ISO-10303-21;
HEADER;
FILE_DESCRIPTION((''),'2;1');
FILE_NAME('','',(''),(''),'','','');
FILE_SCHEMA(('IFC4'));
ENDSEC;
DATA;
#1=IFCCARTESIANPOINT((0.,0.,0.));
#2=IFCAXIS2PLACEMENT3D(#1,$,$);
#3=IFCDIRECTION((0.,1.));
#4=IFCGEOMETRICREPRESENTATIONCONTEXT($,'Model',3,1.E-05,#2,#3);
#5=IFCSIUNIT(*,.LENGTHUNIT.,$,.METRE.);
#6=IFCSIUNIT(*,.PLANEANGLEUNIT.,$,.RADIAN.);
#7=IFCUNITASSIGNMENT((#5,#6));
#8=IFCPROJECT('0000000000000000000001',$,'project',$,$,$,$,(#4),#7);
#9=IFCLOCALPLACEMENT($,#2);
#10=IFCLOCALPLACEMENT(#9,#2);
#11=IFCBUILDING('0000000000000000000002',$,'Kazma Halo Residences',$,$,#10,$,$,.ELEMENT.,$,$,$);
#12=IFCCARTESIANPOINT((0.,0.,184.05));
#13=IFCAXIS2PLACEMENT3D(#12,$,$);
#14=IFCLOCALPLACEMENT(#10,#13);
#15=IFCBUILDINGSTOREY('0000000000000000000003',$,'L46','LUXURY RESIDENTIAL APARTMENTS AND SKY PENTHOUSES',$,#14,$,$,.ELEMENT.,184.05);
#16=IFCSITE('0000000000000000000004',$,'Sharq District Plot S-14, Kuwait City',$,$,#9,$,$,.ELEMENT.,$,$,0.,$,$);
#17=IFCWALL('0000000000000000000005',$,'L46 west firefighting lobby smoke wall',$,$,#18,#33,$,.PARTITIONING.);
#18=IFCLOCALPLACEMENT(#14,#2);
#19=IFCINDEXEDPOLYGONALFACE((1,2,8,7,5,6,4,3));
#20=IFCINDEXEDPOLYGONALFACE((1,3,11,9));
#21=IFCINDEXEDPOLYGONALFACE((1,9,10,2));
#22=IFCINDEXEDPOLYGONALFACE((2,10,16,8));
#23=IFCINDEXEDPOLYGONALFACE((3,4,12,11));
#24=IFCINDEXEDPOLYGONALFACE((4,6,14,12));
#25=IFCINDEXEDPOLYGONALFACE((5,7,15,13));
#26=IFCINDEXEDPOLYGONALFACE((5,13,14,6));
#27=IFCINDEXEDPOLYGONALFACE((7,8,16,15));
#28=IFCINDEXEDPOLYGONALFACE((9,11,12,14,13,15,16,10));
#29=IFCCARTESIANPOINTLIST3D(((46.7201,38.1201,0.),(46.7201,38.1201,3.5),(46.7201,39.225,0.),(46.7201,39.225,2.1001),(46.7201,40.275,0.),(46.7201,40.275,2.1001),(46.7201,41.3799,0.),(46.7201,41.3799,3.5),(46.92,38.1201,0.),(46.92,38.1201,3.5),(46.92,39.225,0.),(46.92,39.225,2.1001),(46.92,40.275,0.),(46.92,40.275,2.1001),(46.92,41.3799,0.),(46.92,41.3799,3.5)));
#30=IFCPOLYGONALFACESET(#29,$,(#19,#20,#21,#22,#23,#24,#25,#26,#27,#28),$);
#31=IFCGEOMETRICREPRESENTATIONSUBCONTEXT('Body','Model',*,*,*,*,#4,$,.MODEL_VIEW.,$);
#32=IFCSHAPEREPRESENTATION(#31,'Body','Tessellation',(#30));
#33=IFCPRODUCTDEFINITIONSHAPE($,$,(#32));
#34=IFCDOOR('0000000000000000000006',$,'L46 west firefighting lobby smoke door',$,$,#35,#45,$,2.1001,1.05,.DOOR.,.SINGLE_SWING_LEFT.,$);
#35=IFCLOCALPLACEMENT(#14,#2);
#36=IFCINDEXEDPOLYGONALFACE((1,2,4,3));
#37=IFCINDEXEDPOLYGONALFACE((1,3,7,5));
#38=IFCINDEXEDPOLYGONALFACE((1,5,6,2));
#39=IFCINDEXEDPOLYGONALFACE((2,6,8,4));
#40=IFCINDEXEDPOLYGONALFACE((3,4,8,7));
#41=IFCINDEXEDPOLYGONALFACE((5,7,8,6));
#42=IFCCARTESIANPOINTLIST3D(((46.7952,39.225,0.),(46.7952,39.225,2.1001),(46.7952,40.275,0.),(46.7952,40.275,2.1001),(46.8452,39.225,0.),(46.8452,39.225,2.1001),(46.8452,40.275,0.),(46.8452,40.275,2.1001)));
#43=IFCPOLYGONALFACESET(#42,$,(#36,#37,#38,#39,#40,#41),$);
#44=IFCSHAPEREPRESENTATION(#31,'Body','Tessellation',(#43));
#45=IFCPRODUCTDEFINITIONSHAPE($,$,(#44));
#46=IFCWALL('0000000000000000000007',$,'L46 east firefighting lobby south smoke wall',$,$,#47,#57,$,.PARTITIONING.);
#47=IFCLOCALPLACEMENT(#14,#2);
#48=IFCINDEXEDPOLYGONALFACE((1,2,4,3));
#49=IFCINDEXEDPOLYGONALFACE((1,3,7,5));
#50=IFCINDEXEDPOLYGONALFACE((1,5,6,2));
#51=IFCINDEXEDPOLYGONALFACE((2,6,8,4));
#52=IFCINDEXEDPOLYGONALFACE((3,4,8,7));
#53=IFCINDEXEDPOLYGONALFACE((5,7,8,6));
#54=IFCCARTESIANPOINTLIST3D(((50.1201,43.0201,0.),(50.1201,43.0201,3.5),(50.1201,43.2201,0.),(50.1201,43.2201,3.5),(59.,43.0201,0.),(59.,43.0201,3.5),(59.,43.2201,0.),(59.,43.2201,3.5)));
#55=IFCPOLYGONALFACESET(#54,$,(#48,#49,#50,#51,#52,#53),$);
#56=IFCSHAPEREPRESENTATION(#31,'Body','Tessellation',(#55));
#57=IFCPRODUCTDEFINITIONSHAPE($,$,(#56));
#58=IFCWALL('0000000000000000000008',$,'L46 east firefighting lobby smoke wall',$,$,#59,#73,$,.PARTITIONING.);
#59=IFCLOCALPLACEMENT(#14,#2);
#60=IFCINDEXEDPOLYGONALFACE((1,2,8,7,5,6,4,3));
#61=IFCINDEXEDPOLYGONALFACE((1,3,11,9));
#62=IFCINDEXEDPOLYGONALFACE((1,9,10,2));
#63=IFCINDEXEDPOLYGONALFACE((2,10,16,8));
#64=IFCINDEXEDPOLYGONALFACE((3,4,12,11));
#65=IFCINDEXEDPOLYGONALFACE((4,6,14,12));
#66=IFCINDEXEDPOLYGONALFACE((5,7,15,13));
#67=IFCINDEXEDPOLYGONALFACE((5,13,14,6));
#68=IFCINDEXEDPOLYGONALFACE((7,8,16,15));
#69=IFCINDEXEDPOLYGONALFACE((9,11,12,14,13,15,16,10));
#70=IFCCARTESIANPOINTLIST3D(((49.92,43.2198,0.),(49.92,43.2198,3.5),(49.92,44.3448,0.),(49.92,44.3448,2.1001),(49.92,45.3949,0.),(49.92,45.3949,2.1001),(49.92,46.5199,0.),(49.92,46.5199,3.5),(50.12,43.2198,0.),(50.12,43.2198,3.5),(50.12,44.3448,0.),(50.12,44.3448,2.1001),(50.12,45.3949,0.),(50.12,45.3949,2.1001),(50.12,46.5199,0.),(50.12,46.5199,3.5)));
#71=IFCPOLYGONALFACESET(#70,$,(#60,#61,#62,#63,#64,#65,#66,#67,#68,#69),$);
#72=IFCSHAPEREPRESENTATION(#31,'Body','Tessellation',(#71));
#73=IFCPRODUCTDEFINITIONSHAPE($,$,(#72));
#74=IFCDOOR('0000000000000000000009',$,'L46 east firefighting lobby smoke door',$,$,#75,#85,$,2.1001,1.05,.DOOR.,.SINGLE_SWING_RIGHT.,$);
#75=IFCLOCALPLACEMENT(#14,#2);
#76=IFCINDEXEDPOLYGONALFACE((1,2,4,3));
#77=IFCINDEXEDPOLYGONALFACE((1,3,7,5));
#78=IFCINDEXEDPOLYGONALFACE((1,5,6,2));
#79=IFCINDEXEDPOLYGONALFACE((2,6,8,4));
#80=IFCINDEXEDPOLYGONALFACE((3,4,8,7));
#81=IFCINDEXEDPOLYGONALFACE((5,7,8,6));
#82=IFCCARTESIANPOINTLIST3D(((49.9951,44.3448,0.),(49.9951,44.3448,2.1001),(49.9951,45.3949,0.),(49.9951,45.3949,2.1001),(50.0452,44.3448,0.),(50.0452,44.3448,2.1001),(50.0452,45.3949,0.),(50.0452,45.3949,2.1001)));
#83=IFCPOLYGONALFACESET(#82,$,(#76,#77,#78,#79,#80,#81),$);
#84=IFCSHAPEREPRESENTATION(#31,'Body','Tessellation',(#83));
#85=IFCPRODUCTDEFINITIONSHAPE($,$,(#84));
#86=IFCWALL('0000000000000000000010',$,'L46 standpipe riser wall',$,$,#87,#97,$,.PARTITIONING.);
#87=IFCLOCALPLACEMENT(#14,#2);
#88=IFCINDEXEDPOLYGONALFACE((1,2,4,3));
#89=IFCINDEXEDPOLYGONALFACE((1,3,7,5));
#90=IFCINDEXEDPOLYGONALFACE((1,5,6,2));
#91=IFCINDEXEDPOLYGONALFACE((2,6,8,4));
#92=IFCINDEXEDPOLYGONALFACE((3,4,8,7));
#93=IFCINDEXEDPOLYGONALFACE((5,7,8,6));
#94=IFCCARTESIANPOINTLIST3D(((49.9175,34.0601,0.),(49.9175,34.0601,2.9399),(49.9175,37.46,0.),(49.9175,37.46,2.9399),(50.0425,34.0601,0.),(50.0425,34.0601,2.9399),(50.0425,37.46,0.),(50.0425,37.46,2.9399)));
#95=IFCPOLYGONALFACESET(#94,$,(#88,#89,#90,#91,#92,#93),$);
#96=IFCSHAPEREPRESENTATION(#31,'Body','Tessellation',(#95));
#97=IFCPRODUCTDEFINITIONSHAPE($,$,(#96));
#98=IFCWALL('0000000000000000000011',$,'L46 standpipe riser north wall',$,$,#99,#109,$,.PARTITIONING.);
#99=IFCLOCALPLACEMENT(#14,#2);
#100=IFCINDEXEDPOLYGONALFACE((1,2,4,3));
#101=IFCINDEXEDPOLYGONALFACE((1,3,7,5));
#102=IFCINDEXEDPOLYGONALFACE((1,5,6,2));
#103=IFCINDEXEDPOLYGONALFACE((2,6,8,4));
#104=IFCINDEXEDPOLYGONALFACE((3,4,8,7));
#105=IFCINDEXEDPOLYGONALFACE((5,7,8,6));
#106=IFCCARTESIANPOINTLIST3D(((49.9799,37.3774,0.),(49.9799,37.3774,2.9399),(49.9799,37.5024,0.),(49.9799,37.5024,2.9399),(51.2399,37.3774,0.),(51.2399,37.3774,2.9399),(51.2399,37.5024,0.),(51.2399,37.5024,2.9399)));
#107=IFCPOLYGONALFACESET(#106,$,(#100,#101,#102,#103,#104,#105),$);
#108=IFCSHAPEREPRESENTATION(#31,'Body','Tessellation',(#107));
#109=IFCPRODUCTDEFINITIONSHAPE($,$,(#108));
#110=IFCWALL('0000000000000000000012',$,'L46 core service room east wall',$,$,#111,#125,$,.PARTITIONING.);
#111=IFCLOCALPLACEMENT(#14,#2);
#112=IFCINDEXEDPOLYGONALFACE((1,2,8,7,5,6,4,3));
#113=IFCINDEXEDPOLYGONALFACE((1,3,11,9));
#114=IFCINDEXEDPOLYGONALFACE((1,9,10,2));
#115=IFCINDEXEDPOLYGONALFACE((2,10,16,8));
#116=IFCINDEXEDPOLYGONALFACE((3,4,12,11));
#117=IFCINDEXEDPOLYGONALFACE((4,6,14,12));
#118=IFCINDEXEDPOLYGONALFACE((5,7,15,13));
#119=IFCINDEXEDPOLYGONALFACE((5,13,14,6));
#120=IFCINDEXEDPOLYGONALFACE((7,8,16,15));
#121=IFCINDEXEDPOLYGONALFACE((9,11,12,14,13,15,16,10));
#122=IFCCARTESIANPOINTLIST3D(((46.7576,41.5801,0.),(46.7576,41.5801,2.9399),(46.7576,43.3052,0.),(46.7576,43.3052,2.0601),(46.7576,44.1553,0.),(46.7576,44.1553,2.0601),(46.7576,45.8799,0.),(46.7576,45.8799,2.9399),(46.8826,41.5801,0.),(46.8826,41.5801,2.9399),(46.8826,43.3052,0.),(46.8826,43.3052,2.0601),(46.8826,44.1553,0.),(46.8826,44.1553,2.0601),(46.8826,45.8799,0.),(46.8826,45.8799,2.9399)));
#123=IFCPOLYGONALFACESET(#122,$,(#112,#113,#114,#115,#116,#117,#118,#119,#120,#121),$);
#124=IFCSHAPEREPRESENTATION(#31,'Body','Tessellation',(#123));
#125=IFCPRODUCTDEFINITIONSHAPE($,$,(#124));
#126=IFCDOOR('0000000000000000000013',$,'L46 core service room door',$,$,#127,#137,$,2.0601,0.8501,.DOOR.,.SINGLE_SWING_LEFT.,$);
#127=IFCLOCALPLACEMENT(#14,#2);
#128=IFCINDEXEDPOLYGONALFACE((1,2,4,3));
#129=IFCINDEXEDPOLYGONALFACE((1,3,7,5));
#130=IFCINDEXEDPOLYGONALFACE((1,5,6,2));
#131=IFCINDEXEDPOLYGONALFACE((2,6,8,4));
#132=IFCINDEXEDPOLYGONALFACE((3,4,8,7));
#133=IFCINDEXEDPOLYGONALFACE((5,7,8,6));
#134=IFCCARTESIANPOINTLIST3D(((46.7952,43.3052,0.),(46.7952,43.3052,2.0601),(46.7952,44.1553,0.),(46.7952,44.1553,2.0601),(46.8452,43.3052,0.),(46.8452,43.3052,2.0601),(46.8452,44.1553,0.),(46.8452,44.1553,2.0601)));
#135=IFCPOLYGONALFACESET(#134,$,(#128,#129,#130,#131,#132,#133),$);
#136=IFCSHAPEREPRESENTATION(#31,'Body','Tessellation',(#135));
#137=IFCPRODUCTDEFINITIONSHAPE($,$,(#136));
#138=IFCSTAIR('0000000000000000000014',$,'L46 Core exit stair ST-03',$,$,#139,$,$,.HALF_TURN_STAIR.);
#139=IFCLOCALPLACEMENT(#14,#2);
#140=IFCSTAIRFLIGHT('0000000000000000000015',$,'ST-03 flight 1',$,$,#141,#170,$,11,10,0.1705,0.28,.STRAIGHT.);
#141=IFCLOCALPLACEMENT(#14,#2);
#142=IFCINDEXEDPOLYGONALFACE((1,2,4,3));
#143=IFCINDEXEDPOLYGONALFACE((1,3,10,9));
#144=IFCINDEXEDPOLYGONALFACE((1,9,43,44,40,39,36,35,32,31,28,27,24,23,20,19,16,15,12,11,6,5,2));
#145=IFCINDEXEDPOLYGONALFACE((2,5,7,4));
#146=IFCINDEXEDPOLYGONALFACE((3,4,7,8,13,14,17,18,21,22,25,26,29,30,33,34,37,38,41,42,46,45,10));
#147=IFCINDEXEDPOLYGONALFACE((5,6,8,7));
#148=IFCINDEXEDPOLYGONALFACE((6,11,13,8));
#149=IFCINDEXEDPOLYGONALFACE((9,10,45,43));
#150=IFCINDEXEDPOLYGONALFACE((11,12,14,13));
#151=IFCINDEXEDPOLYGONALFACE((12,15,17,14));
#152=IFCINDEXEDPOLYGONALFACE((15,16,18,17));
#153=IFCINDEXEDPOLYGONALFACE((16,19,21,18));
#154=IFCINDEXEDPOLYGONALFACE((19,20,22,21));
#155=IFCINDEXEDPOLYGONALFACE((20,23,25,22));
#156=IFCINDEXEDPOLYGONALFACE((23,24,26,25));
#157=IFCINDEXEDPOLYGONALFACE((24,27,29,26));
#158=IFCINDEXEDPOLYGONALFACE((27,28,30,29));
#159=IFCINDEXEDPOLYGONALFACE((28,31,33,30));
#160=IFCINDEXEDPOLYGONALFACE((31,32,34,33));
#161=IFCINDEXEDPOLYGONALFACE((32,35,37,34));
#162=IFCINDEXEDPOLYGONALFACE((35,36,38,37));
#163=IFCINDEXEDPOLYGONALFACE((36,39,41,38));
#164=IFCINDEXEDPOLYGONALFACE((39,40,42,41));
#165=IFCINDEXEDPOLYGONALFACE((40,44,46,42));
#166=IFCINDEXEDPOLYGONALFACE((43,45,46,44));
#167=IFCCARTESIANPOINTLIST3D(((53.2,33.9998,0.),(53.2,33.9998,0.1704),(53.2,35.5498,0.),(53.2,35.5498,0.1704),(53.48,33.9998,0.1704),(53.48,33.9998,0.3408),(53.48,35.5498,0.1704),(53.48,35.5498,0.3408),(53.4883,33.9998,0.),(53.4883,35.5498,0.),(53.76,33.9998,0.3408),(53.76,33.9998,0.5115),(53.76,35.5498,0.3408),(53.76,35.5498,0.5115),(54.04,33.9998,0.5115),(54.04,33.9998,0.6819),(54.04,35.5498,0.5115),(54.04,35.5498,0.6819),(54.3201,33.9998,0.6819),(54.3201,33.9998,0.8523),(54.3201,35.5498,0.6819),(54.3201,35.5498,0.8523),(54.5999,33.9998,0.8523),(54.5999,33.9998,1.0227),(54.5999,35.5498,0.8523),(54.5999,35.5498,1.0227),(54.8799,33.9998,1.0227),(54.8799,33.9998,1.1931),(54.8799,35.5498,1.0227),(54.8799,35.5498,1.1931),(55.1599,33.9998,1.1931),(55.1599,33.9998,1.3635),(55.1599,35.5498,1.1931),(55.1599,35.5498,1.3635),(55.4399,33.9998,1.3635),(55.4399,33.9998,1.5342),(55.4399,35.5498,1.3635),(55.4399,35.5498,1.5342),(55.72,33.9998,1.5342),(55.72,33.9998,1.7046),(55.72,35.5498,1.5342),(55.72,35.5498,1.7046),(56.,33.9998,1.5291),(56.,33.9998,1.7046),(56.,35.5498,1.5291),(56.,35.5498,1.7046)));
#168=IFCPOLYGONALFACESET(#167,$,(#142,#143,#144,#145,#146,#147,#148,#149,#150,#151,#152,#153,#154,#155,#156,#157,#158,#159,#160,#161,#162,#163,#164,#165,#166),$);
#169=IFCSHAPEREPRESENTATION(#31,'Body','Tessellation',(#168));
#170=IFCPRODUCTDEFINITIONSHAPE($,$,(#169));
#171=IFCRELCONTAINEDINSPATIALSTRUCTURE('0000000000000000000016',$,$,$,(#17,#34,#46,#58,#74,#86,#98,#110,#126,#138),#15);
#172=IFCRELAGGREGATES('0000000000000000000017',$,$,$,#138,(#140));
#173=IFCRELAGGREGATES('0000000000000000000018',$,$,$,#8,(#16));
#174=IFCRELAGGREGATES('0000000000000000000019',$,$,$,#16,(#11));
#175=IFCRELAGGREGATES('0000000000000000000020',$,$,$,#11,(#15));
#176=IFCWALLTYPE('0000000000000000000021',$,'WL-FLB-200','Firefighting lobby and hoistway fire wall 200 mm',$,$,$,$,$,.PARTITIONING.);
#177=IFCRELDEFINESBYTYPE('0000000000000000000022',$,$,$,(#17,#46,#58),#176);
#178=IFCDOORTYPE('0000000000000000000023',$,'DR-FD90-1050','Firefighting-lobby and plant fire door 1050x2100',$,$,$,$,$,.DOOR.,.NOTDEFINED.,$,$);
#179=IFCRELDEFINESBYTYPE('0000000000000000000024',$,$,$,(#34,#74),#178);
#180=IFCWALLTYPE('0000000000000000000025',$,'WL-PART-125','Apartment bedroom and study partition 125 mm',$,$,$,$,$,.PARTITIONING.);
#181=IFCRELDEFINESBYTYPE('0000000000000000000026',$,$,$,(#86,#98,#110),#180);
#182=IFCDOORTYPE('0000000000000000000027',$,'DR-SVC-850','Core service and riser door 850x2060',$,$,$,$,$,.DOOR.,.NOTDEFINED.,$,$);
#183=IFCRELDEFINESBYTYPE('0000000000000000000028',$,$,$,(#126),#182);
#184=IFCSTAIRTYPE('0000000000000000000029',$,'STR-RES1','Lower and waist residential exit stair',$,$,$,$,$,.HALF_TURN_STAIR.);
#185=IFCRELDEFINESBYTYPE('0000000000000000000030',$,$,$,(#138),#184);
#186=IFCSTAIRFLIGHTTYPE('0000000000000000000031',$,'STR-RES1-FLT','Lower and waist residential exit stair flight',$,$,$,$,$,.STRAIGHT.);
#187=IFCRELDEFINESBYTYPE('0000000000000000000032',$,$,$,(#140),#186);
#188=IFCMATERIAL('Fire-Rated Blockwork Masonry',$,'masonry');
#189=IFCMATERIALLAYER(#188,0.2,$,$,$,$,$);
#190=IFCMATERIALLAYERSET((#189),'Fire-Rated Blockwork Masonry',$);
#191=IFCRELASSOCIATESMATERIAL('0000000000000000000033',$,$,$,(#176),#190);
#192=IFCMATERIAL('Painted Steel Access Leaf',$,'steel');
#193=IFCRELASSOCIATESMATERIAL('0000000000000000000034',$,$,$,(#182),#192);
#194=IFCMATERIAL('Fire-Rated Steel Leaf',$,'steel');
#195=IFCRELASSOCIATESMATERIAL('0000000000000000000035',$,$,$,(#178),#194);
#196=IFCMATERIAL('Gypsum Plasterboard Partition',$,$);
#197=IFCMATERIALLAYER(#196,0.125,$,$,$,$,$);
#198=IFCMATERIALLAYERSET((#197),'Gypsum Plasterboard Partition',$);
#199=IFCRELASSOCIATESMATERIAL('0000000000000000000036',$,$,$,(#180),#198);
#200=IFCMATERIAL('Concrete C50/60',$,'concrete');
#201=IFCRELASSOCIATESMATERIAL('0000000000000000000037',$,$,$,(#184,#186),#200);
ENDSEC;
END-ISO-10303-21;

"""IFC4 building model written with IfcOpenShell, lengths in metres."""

from ifc_helpers import new_model, si_unit, direction, frame, frame_2d, origin, place, context, subcontext, project, spatial, polyline, rectangle, outline, extrude, material, layer, layer_set, type_object, element, fill, aggregate, save


model = new_model("IFC4")

# Units and contexts
model_context = context("Model", 3, precision=1e-05, world=origin(), true_north=direction((0.0, 1.0)))
body_context = subcontext(model_context, "Body", "Model", "MODEL_VIEW")
ifc_project = project(units=[si_unit("LENGTHUNIT", "METRE"), si_unit("PLANEANGLEUNIT", "RADIAN")], contexts=[model_context])

# Site, building, storey
site_placement = place(None, origin())
site = spatial("IfcSite", under=ifc_project, at=site_placement, Name="Sharq District Plot S-14, Kuwait City", CompositionType="ELEMENT", RefElevation=0.0)
building_placement = place(site_placement, origin())
building = spatial("IfcBuilding", under=site, at=building_placement, Name="Kazma Halo Residences", CompositionType="ELEMENT")
storey_placement = place(building_placement, frame((0.0, 0.0, 184.05)))
storey = spatial("IfcBuildingStorey", under=building, at=storey_placement, Name="L46", Description="LUXURY RESIDENTIAL APARTMENTS AND SKY PENTHOUSES", CompositionType="ELEMENT", Elevation=184.05)

# Shared definitions
ifc_material_1 = material(Name="Fire-Rated Blockwork Masonry", Category="masonry")
ifc_layer_1 = layer(ifc_material_1, 0.2)
ifc_layer_set_1 = layer_set([ifc_layer_1], Name="Fire-Rated Blockwork Masonry")
wall_type_1 = type_object("IfcWallType", Name="WL-FLB-200", Description="Firefighting lobby and hoistway fire wall 200 mm", PredefinedType="PARTITIONING", material=ifc_layer_set_1)

# Wall, opening, door
ifc_material_2 = material(Name="Painted Steel Access Leaf", Category="steel")
door_type_1 = type_object("IfcDoorType", Name="DR-SVC-850", Description="Core service and riser door 850x2060", OperationType="NOTDEFINED", PredefinedType="DOOR", material=ifc_material_2)
wall_1_placement = place(storey_placement, frame((46.8201, 38.1201, 0.0), z_axis=(0.0, 0.0, 1.0), x_axis=(0.0, 1.0, 0.0)))
wall_1 = element("IfcWall", 1, at=wall_1_placement, inside=storey, type_object=wall_type_1, Name="L46 west firefighting lobby smoke wall", PredefinedType="PARTITIONING", context=body_context, shape_type="SweptSolid", body=[
    extrude(rectangle(XDim=3.2598, YDim=0.2, at=frame_2d((1.6299, 0.0))), origin(), (0.0, 0.0, 1.0), 3.5),
])
opening_1_placement = place(wall_1_placement, frame((1.105, 0.0, 0.0)))
opening_1 = element("IfcOpeningElement", 2, at=opening_1_placement, cuts=wall_1, PredefinedType="OPENING", context=body_context, shape_type="SweptSolid", body=[
    extrude(rectangle(XDim=1.05, YDim=2.1001, at=frame_2d((0.5249, 1.05))), frame((0.0, 0.1099, 0.0), z_axis=(0.0, -1.0, 0.0), x_axis=(1.0, 0.0, 0.0)), (0.0, 0.0, 1.0), 0.22),
])
ifc_material_3 = material(Name="Fire-Rated Steel Leaf", Category="steel")
door_type_2 = type_object("IfcDoorType", Name="DR-FD90-1050", Description="Firefighting-lobby and plant fire door 1050x2100", OperationType="NOTDEFINED", PredefinedType="DOOR", material=ifc_material_3)
door_1_placement = place(opening_1_placement, origin())
door_1 = element("IfcDoor", 3, at=door_1_placement, inside=storey, type_object=door_type_2, Name="L46 west firefighting lobby smoke door", OperationType="SINGLE_SWING_LEFT", OverallHeight=2.1001, OverallWidth=1.05, PredefinedType="DOOR", context=body_context, shape_type="SweptSolid", body=[
    extrude(rectangle(XDim=1.05, YDim=2.1001, at=frame_2d((0.5249, 1.05))), frame((0.0, 0.0249, 0.0), z_axis=(0.0, -1.0, 0.0), x_axis=(1.0, 0.0, 0.0)), (0.0, 0.0, 1.0), 0.05),
])
fill(opening_1, door_1)

# Wall
wall_2_placement = place(storey_placement, frame((50.1201, 43.1201, 0.0), z_axis=(0.0, 0.0, 1.0), x_axis=(1.0, 0.0, 0.0)))
element("IfcWall", 4, at=wall_2_placement, inside=storey, type_object=wall_type_1, Name="L46 east firefighting lobby south smoke wall", PredefinedType="PARTITIONING", context=body_context, shape_type="SweptSolid", body=[
    extrude(rectangle(XDim=8.8799, YDim=0.2, at=frame_2d((4.4399, 0.0))), origin(), (0.0, 0.0, 1.0), 3.5),
])

# Wall, opening, door
wall_3_placement = place(storey_placement, frame((50.02, 43.22, 0.0), z_axis=(0.0, 0.0, 1.0), x_axis=(0.0, 1.0, 0.0)))
wall_3 = element("IfcWall", 5, at=wall_3_placement, inside=storey, type_object=wall_type_1, Name="L46 east firefighting lobby smoke wall", PredefinedType="PARTITIONING", context=body_context, shape_type="SweptSolid", body=[
    extrude(rectangle(XDim=3.3, YDim=0.2, at=frame_2d((1.6499, 0.0))), origin(), (0.0, 0.0, 1.0), 3.5),
])
opening_2_placement = place(wall_3_placement, frame((1.125, 0.0, 0.0)))
opening_2 = element("IfcOpeningElement", 6, at=opening_2_placement, cuts=wall_3, PredefinedType="OPENING", context=body_context, shape_type="SweptSolid", body=[
    extrude(rectangle(XDim=1.05, YDim=2.1001, at=frame_2d((0.5249, 1.05))), frame((0.0, 0.1099, 0.0), z_axis=(0.0, -1.0, 0.0), x_axis=(1.0, 0.0, 0.0)), (0.0, 0.0, 1.0), 0.22),
])
door_2_placement = place(opening_2_placement, origin())
door_2 = element("IfcDoor", 7, at=door_2_placement, inside=storey, type_object=door_type_2, Name="L46 east firefighting lobby smoke door", OperationType="SINGLE_SWING_RIGHT", OverallHeight=2.1001, OverallWidth=1.05, PredefinedType="DOOR", context=body_context, shape_type="SweptSolid", body=[
    extrude(rectangle(XDim=1.05, YDim=2.1001, at=frame_2d((0.5249, 1.05))), frame((0.0, 0.0249, 0.0), z_axis=(0.0, -1.0, 0.0), x_axis=(1.0, 0.0, 0.0)), (0.0, 0.0, 1.0), 0.05),
])
fill(opening_2, door_2)

# Walls
ifc_material_4 = material(Name="Gypsum Plasterboard Partition")
ifc_layer_2 = layer(ifc_material_4, 0.125)
ifc_layer_set_2 = layer_set([ifc_layer_2], Name="Gypsum Plasterboard Partition")
wall_type_2 = type_object("IfcWallType", Name="WL-PART-125", Description="Apartment bedroom and study partition 125 mm", PredefinedType="PARTITIONING", material=ifc_layer_set_2)
wall_4_placement = place(storey_placement, frame((49.98, 34.0601, 0.0), z_axis=(0.0, 0.0, 1.0), x_axis=(0.0, 1.0, 0.0)))
element("IfcWall", 8, at=wall_4_placement, inside=storey, type_object=wall_type_2, Name="L46 standpipe riser wall", PredefinedType="PARTITIONING", context=body_context, shape_type="SweptSolid", body=[
    extrude(rectangle(XDim=3.3999, YDim=0.125, at=frame_2d((1.7, 0.0))), origin(), (0.0, 0.0, 1.0), 2.9399),
])
wall_5_placement = place(storey_placement, frame((49.98, 37.4399, 0.0), z_axis=(0.0, 0.0, 1.0), x_axis=(1.0, 0.0, 0.0)))
element("IfcWall", 9, at=wall_5_placement, inside=storey, type_object=wall_type_2, Name="L46 standpipe riser north wall", PredefinedType="PARTITIONING", context=body_context, shape_type="SweptSolid", body=[
    extrude(rectangle(XDim=1.26, YDim=0.125, at=frame_2d((0.6299, 0.0))), origin(), (0.0, 0.0, 1.0), 2.9399),
])

# Wall, opening, door
wall_6_placement = place(storey_placement, frame((46.8201, 41.5801, 0.0), z_axis=(0.0, 0.0, 1.0), x_axis=(0.0, 1.0, 0.0)))
wall_6 = element("IfcWall", 10, at=wall_6_placement, inside=storey, type_object=wall_type_2, Name="L46 core service room east wall", PredefinedType="PARTITIONING", context=body_context, shape_type="SweptSolid", body=[
    extrude(rectangle(XDim=4.2998, YDim=0.125, at=frame_2d((2.1499, 0.0))), origin(), (0.0, 0.0, 1.0), 2.9399),
])
opening_3_placement = place(wall_6_placement, frame((1.7251, 0.0, 0.0)))
opening_3 = element("IfcOpeningElement", 11, at=opening_3_placement, cuts=wall_6, PredefinedType="OPENING", context=body_context, shape_type="SweptSolid", body=[
    extrude(rectangle(XDim=0.8501, YDim=2.0601, at=frame_2d((0.425, 1.03))), frame((0.0, 0.0725, 0.0), z_axis=(0.0, -1.0, 0.0), x_axis=(1.0, 0.0, 0.0)), (0.0, 0.0, 1.0), 0.145),
])
door_3_placement = place(opening_3_placement, origin())
door_3 = element("IfcDoor", 12, at=door_3_placement, inside=storey, type_object=door_type_1, Name="L46 core service room door", OperationType="SINGLE_SWING_LEFT", OverallHeight=2.0601, OverallWidth=0.8501, PredefinedType="DOOR", context=body_context, shape_type="SweptSolid", body=[
    extrude(rectangle(XDim=0.8501, YDim=2.0601, at=frame_2d((0.425, 1.03))), frame((0.0, 0.0249, 0.0), z_axis=(0.0, -1.0, 0.0), x_axis=(1.0, 0.0, 0.0)), (0.0, 0.0, 1.0), 0.05),
])
fill(opening_3, door_3)
ifc_material_5 = material(Name="Concrete C50/60", Category="concrete")

# Stair, stair flight
stair_type = type_object("IfcStairType", Name="STR-RES1", Description="Lower and waist residential exit stair", PredefinedType="HALF_TURN_STAIR", material=ifc_material_5)
stair_placement = place(storey_placement, origin())
stair = element("IfcStair", 13, at=stair_placement, inside=storey, type_object=stair_type, Name="L46 Core exit stair ST-03", PredefinedType="HALF_TURN_STAIR")
stair_flight_type = type_object("IfcStairFlightType", Name="STR-RES1-FLT", Description="Lower and waist residential exit stair flight", PredefinedType="STRAIGHT", material=ifc_material_5)
stair_flight_1_placement = place(storey_placement, frame((53.2, 34.7749, 0.0), z_axis=(0.0, 0.0, 1.0), x_axis=(1.0, 0.0, 0.0)))
stair_flight_1 = element("IfcStairFlight", 14, at=stair_flight_1_placement, type_object=stair_flight_type, Name="ST-03 flight 1", NumberOfRisers=11, NumberOfTreads=10, PredefinedType="STRAIGHT", RiserHeight=0.1705, TreadLength=0.28, context=body_context, shape_type="SweptSolid", body=[
    extrude(outline(polyline([(0.0, 0.0), (0.0, 0.1704), (0.28, 0.1704), (0.28, 0.3408), (0.5601, 0.3408), (0.5601, 0.5115), (0.8401, 0.5115), (0.8401, 0.6819), (1.1201, 0.6819), (1.1201, 0.8523), (1.3999, 0.8523), (1.3999, 1.0227), (1.6799, 1.0227), (1.6799, 1.1931), (1.96, 1.1931), (1.96, 1.3635), (2.24, 1.3635), (2.24, 1.5342), (2.52, 1.5342), (2.52, 1.7046), (2.8, 1.7046), (2.8, 1.875), (2.8, 1.5291), (0.2883, 0.0), (0.0, 0.0)])), frame((0.0, 0.7749, 0.0), z_axis=(0.0, -1.0, 0.0), x_axis=(1.0, 0.0, 0.0)), (0.0, 0.0, 1.0), 1.55),
])
aggregate(stair, [stair_flight_1])

save(model, "model.ifc")
